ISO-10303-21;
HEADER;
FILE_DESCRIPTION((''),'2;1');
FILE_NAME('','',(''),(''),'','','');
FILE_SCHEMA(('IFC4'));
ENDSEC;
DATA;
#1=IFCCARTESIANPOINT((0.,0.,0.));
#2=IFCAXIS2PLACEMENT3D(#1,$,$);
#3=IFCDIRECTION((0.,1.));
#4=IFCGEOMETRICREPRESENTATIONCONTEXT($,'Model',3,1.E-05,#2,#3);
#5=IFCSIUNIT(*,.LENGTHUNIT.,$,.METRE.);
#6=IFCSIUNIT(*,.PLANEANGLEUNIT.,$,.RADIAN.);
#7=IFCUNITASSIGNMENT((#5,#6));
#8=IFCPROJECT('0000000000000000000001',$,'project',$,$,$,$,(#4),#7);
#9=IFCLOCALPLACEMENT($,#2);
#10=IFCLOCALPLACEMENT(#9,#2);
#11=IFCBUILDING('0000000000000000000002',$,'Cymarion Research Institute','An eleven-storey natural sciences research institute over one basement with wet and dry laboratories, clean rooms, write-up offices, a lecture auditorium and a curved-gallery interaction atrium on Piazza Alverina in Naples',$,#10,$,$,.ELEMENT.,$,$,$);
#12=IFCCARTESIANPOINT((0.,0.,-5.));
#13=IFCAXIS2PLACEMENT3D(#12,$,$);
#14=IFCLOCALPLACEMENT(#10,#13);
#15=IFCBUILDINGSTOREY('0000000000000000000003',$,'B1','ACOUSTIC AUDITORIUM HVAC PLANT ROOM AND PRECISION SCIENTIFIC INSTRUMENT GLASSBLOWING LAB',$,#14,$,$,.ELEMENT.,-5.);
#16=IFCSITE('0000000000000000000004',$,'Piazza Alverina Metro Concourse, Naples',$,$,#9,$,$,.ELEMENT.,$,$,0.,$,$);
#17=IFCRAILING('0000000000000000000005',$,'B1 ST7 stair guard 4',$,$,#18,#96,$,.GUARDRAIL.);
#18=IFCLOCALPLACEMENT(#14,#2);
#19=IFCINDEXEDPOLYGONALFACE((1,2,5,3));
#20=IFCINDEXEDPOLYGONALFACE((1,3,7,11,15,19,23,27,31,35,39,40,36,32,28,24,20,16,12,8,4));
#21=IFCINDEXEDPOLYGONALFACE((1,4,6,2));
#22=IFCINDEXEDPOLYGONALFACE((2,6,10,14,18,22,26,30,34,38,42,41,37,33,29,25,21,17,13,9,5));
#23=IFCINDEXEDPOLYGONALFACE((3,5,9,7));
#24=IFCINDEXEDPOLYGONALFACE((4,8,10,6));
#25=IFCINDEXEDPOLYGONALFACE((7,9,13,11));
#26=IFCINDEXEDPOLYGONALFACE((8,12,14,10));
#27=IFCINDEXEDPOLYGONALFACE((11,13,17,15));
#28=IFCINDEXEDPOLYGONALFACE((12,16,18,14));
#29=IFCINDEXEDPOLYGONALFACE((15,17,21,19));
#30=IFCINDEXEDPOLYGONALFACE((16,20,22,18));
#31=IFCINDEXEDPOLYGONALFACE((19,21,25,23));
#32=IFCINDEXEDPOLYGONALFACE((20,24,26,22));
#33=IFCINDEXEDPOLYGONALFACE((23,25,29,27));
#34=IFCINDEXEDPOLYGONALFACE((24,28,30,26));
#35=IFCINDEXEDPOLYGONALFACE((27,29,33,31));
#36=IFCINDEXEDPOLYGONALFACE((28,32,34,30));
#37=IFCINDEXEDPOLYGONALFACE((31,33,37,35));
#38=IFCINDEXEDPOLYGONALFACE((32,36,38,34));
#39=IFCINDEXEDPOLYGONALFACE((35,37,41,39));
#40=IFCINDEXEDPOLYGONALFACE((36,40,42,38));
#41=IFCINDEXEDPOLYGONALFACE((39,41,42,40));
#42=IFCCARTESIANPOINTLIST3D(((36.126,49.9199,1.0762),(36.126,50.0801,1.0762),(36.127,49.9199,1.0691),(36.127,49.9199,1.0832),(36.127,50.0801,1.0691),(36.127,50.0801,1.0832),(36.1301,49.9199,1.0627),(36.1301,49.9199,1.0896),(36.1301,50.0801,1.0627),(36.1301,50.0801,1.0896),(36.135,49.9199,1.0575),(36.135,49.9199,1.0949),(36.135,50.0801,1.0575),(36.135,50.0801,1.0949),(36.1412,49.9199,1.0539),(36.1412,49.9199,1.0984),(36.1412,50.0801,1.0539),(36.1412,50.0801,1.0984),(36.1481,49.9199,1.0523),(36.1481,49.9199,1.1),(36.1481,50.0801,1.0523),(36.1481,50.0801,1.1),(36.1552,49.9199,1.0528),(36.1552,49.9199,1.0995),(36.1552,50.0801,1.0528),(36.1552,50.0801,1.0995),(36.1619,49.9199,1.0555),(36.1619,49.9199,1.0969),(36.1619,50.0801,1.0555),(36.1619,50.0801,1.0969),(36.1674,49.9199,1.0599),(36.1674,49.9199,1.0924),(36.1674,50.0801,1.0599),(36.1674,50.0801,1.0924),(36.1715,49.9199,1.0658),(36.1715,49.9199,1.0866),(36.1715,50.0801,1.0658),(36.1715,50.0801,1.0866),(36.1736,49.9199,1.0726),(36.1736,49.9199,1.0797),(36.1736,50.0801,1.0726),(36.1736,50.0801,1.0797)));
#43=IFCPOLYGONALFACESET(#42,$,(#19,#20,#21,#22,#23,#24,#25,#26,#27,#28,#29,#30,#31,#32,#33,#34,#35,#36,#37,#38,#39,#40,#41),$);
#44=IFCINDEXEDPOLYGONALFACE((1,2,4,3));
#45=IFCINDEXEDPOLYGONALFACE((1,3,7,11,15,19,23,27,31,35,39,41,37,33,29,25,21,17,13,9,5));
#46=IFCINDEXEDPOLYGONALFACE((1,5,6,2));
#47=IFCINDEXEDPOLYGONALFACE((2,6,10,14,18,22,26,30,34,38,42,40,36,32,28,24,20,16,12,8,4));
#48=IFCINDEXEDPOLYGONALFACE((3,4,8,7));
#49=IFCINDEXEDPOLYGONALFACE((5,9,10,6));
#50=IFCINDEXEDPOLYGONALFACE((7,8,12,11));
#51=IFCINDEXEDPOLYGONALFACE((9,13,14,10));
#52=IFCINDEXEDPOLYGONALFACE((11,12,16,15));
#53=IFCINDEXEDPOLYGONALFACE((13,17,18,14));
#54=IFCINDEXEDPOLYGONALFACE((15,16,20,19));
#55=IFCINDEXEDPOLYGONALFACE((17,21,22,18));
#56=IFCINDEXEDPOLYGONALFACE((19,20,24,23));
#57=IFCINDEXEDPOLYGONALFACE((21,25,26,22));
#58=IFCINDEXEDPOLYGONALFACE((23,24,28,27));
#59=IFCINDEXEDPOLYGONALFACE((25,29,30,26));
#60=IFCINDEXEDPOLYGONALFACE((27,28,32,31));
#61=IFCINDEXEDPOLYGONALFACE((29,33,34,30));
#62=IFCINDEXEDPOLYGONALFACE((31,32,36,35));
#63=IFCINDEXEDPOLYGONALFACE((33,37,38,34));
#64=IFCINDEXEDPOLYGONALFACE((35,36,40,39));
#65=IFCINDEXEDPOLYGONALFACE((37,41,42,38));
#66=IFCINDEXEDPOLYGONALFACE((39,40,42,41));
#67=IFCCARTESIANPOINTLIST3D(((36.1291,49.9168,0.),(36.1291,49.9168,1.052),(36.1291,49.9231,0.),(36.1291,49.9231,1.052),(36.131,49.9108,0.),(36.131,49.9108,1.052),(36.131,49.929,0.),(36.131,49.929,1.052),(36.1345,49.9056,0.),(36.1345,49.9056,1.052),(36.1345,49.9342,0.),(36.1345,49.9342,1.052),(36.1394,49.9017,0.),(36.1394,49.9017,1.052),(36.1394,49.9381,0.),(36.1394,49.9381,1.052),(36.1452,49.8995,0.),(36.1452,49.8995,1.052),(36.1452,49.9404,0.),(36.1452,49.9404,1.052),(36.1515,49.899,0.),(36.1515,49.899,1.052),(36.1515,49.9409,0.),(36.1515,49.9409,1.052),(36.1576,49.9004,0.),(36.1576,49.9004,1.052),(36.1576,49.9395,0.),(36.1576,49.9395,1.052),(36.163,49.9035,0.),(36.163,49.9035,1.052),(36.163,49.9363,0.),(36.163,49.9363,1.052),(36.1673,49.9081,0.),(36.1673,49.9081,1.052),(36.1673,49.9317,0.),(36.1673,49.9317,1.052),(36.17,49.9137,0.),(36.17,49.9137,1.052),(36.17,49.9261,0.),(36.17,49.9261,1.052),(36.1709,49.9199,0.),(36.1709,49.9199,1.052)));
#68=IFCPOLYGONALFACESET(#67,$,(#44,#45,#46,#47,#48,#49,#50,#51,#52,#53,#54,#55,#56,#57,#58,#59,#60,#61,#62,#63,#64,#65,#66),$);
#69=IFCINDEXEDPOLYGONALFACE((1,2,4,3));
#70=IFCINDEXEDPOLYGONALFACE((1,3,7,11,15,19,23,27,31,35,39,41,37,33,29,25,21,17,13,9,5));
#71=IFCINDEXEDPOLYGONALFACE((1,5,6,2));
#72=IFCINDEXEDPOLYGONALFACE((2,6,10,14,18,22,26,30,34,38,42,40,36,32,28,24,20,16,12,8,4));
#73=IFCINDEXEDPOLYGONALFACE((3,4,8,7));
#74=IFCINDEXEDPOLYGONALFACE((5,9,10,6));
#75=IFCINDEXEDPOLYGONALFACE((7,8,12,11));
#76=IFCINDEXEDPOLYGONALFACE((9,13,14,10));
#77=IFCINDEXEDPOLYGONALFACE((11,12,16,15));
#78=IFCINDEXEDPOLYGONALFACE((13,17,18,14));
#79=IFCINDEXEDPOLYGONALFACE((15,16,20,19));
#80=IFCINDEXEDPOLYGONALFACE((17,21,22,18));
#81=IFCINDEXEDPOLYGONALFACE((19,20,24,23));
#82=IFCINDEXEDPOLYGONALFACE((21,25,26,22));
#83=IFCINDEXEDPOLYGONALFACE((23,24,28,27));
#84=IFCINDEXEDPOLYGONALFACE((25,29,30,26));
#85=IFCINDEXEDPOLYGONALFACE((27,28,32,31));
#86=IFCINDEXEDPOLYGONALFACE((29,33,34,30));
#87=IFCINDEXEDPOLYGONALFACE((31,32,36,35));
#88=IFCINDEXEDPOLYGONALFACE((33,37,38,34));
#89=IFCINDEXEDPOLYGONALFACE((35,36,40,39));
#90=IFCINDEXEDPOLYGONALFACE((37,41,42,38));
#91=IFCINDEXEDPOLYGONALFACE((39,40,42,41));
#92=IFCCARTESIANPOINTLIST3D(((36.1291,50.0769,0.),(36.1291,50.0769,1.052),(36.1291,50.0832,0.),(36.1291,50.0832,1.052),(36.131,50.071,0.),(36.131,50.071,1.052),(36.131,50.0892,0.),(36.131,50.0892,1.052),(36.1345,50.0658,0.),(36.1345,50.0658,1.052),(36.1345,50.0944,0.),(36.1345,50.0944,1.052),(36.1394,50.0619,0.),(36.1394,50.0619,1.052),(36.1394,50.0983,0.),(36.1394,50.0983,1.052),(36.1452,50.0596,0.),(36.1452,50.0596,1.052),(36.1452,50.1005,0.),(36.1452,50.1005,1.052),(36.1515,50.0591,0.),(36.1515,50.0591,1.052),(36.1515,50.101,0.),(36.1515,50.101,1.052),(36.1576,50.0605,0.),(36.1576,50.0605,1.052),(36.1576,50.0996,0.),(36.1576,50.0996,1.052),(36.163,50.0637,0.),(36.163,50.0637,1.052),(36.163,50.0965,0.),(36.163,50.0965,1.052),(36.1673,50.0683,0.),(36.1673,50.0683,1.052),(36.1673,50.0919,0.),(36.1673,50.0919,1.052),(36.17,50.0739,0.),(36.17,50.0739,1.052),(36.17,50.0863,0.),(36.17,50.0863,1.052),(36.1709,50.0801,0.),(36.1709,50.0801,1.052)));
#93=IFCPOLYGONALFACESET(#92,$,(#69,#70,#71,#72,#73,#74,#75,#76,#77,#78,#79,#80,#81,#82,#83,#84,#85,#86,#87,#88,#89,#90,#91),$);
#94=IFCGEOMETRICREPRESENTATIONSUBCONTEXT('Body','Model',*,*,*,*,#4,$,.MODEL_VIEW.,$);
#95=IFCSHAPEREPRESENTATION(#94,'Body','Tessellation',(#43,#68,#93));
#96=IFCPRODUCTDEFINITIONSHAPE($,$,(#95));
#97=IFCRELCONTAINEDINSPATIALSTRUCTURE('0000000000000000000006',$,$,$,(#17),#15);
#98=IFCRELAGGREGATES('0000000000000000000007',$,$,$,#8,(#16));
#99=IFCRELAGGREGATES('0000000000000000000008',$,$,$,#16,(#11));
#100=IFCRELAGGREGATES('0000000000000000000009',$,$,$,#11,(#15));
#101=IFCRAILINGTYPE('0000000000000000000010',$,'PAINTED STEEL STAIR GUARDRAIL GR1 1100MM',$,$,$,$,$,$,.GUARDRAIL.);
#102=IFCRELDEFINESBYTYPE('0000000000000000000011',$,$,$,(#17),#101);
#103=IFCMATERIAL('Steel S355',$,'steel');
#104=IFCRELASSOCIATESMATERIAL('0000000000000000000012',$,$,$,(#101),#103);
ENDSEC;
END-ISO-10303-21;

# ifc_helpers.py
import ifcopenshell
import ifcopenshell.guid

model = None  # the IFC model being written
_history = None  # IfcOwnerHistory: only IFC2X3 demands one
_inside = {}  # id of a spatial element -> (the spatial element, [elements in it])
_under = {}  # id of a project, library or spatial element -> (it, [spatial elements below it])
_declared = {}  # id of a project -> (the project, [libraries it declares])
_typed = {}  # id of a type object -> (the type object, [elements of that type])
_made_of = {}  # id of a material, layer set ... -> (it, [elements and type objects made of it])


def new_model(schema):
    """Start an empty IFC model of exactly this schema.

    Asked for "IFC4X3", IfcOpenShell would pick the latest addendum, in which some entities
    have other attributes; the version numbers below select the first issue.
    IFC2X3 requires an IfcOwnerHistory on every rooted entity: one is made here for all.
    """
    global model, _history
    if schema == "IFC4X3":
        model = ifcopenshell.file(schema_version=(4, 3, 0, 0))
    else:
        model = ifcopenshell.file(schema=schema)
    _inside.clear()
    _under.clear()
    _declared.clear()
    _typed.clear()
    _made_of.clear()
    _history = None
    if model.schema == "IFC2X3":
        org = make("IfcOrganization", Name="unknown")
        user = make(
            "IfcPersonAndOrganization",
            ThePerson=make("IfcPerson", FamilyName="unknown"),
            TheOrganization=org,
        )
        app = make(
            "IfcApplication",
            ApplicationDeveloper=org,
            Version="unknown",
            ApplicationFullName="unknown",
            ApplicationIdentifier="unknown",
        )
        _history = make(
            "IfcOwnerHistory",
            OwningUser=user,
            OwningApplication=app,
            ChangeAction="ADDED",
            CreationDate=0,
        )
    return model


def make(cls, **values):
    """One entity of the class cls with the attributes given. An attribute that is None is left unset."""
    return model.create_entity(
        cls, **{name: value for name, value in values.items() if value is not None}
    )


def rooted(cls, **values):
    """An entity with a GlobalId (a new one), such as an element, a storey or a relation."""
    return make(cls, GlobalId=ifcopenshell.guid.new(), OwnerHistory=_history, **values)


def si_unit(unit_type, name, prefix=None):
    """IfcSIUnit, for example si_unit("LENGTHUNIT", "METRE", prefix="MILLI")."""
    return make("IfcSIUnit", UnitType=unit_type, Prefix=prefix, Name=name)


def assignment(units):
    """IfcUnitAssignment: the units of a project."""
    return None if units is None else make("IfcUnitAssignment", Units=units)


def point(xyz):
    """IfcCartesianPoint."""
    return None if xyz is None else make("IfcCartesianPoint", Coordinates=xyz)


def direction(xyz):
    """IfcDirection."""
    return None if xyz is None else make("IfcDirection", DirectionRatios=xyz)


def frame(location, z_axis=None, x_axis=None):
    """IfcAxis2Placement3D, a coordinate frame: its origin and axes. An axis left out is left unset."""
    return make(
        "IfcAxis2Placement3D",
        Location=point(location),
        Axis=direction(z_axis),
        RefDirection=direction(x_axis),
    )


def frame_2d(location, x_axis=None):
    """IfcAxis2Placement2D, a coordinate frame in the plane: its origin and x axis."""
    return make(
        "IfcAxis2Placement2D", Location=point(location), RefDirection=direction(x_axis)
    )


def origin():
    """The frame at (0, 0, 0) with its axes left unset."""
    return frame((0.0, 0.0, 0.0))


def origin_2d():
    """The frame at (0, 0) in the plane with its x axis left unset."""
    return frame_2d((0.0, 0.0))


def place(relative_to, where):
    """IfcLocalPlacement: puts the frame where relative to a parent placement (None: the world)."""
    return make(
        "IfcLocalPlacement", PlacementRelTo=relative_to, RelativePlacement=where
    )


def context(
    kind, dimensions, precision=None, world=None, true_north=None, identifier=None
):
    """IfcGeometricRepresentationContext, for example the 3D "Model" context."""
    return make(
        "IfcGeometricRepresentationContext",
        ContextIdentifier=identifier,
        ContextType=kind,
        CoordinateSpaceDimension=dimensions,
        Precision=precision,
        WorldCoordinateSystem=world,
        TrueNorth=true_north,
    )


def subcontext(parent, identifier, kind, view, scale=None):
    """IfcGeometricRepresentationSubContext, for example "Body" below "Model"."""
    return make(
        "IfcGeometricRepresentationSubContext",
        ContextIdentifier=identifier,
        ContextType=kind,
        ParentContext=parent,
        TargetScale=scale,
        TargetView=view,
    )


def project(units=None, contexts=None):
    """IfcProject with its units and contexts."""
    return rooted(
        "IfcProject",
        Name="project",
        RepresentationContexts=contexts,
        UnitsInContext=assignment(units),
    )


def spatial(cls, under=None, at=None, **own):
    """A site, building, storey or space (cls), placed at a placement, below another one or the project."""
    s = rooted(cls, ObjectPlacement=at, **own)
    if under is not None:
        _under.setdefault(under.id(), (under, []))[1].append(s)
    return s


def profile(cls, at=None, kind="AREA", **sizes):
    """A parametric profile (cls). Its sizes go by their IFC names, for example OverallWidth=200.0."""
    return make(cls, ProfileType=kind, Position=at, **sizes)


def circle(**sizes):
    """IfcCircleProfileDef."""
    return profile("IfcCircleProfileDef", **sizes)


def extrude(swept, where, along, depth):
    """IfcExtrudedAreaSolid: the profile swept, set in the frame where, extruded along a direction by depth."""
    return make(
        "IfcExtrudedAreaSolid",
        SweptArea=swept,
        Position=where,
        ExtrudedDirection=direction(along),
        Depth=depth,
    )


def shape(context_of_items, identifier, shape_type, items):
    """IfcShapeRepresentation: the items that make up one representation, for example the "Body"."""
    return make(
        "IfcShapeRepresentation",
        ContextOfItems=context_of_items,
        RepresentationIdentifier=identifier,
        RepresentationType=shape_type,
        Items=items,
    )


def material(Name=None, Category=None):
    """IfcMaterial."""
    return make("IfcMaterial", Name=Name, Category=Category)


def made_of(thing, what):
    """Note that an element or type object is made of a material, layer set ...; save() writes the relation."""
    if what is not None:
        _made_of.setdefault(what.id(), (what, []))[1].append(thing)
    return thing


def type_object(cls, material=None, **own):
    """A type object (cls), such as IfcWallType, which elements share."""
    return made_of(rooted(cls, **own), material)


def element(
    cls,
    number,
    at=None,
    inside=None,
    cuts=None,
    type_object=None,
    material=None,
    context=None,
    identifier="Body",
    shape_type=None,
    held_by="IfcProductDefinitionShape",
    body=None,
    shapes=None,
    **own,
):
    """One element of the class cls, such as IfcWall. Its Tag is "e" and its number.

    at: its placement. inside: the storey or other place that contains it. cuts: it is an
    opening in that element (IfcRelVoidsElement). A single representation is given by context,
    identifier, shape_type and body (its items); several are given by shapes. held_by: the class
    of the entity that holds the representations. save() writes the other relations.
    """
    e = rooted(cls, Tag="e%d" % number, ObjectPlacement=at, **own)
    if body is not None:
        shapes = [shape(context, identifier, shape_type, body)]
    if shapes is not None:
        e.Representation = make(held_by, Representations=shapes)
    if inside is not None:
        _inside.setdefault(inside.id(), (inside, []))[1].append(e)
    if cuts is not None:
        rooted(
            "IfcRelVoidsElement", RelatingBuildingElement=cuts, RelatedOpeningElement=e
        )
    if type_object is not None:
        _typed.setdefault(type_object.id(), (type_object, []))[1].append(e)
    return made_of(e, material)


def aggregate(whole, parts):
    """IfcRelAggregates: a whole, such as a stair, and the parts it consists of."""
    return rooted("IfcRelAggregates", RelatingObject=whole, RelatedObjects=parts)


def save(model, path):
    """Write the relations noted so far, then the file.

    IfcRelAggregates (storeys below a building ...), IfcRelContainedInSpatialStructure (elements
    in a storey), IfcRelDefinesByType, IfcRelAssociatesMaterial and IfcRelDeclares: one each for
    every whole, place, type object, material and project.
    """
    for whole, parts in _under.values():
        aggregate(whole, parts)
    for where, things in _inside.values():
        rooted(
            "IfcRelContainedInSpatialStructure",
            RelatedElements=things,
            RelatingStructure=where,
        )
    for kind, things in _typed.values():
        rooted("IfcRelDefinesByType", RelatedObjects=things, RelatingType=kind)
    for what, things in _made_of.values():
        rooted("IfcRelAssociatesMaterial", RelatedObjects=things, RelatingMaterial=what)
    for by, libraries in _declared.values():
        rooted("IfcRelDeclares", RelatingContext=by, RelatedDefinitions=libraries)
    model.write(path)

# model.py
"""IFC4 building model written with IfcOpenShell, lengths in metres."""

from ifc_helpers import new_model, si_unit, direction, frame, origin, origin_2d, place, context, subcontext, project, spatial, circle, extrude, material, type_object, element, save


model = new_model("IFC4")

# Units and contexts
model_context = context("Model", 3, precision=1e-05, world=origin(), true_north=direction((0.0, 1.0)))
body_context = subcontext(model_context, "Body", "Model", "MODEL_VIEW")
ifc_project = project(units=[si_unit("LENGTHUNIT", "METRE"), si_unit("PLANEANGLEUNIT", "RADIAN")], contexts=[model_context])

# Site, building, storey
site_placement = place(None, origin())
site = spatial("IfcSite", under=ifc_project, at=site_placement, Name="Piazza Alverina Metro Concourse, Naples", CompositionType="ELEMENT", RefElevation=0.0)
building_placement = place(site_placement, origin())
building = spatial("IfcBuilding", under=site, at=building_placement, Name="Cymarion Research Institute", Description="An eleven-storey natural sciences research institute over one basement with wet and dry laboratories, clean rooms, write-up offices, a lecture auditorium and a curved-gallery interaction atrium on Piazza Alverina in Naples", CompositionType="ELEMENT")
storey_placement = place(building_placement, frame((0.0, 0.0, -5.0)))
storey = spatial("IfcBuildingStorey", under=building, at=storey_placement, Name="B1", Description="ACOUSTIC AUDITORIUM HVAC PLANT ROOM AND PRECISION SCIENTIFIC INSTRUMENT GLASSBLOWING LAB", CompositionType="ELEMENT", Elevation=-5.0)

# Railing
ifc_material_1 = material(Name="Steel S355", Category="steel")
railing_type_1 = type_object("IfcRailingType", Name="PAINTED STEEL STAIR GUARDRAIL GR1 1100MM", PredefinedType="GUARDRAIL", material=ifc_material_1)
railing_1_placement = place(storey_placement, frame((36.1499, 49.9199, 0.0)))
element("IfcRailing", 1, at=railing_1_placement, inside=storey, type_object=railing_type_1, Name="B1 ST7 stair guard 4", PredefinedType="GUARDRAIL", context=body_context, shape_type="SweptSolid", body=[
    extrude(circle(Radius=0.0239, at=origin_2d()), frame((0.0, 0.0, 1.0762), z_axis=(0.0, 1.0, 0.0), x_axis=(-1.0, 0.0, 0.0)), (0.0, 0.0, 1.0), 0.1602),
    extrude(circle(Radius=0.021, at=origin_2d()), origin(), (0.0, 0.0, 1.0), 1.052),
    extrude(circle(Radius=0.021, at=origin_2d()), frame((0.0, 0.1602, 0.0)), (0.0, 0.0, 1.0), 1.052),
])

save(model, "model.ifc")
